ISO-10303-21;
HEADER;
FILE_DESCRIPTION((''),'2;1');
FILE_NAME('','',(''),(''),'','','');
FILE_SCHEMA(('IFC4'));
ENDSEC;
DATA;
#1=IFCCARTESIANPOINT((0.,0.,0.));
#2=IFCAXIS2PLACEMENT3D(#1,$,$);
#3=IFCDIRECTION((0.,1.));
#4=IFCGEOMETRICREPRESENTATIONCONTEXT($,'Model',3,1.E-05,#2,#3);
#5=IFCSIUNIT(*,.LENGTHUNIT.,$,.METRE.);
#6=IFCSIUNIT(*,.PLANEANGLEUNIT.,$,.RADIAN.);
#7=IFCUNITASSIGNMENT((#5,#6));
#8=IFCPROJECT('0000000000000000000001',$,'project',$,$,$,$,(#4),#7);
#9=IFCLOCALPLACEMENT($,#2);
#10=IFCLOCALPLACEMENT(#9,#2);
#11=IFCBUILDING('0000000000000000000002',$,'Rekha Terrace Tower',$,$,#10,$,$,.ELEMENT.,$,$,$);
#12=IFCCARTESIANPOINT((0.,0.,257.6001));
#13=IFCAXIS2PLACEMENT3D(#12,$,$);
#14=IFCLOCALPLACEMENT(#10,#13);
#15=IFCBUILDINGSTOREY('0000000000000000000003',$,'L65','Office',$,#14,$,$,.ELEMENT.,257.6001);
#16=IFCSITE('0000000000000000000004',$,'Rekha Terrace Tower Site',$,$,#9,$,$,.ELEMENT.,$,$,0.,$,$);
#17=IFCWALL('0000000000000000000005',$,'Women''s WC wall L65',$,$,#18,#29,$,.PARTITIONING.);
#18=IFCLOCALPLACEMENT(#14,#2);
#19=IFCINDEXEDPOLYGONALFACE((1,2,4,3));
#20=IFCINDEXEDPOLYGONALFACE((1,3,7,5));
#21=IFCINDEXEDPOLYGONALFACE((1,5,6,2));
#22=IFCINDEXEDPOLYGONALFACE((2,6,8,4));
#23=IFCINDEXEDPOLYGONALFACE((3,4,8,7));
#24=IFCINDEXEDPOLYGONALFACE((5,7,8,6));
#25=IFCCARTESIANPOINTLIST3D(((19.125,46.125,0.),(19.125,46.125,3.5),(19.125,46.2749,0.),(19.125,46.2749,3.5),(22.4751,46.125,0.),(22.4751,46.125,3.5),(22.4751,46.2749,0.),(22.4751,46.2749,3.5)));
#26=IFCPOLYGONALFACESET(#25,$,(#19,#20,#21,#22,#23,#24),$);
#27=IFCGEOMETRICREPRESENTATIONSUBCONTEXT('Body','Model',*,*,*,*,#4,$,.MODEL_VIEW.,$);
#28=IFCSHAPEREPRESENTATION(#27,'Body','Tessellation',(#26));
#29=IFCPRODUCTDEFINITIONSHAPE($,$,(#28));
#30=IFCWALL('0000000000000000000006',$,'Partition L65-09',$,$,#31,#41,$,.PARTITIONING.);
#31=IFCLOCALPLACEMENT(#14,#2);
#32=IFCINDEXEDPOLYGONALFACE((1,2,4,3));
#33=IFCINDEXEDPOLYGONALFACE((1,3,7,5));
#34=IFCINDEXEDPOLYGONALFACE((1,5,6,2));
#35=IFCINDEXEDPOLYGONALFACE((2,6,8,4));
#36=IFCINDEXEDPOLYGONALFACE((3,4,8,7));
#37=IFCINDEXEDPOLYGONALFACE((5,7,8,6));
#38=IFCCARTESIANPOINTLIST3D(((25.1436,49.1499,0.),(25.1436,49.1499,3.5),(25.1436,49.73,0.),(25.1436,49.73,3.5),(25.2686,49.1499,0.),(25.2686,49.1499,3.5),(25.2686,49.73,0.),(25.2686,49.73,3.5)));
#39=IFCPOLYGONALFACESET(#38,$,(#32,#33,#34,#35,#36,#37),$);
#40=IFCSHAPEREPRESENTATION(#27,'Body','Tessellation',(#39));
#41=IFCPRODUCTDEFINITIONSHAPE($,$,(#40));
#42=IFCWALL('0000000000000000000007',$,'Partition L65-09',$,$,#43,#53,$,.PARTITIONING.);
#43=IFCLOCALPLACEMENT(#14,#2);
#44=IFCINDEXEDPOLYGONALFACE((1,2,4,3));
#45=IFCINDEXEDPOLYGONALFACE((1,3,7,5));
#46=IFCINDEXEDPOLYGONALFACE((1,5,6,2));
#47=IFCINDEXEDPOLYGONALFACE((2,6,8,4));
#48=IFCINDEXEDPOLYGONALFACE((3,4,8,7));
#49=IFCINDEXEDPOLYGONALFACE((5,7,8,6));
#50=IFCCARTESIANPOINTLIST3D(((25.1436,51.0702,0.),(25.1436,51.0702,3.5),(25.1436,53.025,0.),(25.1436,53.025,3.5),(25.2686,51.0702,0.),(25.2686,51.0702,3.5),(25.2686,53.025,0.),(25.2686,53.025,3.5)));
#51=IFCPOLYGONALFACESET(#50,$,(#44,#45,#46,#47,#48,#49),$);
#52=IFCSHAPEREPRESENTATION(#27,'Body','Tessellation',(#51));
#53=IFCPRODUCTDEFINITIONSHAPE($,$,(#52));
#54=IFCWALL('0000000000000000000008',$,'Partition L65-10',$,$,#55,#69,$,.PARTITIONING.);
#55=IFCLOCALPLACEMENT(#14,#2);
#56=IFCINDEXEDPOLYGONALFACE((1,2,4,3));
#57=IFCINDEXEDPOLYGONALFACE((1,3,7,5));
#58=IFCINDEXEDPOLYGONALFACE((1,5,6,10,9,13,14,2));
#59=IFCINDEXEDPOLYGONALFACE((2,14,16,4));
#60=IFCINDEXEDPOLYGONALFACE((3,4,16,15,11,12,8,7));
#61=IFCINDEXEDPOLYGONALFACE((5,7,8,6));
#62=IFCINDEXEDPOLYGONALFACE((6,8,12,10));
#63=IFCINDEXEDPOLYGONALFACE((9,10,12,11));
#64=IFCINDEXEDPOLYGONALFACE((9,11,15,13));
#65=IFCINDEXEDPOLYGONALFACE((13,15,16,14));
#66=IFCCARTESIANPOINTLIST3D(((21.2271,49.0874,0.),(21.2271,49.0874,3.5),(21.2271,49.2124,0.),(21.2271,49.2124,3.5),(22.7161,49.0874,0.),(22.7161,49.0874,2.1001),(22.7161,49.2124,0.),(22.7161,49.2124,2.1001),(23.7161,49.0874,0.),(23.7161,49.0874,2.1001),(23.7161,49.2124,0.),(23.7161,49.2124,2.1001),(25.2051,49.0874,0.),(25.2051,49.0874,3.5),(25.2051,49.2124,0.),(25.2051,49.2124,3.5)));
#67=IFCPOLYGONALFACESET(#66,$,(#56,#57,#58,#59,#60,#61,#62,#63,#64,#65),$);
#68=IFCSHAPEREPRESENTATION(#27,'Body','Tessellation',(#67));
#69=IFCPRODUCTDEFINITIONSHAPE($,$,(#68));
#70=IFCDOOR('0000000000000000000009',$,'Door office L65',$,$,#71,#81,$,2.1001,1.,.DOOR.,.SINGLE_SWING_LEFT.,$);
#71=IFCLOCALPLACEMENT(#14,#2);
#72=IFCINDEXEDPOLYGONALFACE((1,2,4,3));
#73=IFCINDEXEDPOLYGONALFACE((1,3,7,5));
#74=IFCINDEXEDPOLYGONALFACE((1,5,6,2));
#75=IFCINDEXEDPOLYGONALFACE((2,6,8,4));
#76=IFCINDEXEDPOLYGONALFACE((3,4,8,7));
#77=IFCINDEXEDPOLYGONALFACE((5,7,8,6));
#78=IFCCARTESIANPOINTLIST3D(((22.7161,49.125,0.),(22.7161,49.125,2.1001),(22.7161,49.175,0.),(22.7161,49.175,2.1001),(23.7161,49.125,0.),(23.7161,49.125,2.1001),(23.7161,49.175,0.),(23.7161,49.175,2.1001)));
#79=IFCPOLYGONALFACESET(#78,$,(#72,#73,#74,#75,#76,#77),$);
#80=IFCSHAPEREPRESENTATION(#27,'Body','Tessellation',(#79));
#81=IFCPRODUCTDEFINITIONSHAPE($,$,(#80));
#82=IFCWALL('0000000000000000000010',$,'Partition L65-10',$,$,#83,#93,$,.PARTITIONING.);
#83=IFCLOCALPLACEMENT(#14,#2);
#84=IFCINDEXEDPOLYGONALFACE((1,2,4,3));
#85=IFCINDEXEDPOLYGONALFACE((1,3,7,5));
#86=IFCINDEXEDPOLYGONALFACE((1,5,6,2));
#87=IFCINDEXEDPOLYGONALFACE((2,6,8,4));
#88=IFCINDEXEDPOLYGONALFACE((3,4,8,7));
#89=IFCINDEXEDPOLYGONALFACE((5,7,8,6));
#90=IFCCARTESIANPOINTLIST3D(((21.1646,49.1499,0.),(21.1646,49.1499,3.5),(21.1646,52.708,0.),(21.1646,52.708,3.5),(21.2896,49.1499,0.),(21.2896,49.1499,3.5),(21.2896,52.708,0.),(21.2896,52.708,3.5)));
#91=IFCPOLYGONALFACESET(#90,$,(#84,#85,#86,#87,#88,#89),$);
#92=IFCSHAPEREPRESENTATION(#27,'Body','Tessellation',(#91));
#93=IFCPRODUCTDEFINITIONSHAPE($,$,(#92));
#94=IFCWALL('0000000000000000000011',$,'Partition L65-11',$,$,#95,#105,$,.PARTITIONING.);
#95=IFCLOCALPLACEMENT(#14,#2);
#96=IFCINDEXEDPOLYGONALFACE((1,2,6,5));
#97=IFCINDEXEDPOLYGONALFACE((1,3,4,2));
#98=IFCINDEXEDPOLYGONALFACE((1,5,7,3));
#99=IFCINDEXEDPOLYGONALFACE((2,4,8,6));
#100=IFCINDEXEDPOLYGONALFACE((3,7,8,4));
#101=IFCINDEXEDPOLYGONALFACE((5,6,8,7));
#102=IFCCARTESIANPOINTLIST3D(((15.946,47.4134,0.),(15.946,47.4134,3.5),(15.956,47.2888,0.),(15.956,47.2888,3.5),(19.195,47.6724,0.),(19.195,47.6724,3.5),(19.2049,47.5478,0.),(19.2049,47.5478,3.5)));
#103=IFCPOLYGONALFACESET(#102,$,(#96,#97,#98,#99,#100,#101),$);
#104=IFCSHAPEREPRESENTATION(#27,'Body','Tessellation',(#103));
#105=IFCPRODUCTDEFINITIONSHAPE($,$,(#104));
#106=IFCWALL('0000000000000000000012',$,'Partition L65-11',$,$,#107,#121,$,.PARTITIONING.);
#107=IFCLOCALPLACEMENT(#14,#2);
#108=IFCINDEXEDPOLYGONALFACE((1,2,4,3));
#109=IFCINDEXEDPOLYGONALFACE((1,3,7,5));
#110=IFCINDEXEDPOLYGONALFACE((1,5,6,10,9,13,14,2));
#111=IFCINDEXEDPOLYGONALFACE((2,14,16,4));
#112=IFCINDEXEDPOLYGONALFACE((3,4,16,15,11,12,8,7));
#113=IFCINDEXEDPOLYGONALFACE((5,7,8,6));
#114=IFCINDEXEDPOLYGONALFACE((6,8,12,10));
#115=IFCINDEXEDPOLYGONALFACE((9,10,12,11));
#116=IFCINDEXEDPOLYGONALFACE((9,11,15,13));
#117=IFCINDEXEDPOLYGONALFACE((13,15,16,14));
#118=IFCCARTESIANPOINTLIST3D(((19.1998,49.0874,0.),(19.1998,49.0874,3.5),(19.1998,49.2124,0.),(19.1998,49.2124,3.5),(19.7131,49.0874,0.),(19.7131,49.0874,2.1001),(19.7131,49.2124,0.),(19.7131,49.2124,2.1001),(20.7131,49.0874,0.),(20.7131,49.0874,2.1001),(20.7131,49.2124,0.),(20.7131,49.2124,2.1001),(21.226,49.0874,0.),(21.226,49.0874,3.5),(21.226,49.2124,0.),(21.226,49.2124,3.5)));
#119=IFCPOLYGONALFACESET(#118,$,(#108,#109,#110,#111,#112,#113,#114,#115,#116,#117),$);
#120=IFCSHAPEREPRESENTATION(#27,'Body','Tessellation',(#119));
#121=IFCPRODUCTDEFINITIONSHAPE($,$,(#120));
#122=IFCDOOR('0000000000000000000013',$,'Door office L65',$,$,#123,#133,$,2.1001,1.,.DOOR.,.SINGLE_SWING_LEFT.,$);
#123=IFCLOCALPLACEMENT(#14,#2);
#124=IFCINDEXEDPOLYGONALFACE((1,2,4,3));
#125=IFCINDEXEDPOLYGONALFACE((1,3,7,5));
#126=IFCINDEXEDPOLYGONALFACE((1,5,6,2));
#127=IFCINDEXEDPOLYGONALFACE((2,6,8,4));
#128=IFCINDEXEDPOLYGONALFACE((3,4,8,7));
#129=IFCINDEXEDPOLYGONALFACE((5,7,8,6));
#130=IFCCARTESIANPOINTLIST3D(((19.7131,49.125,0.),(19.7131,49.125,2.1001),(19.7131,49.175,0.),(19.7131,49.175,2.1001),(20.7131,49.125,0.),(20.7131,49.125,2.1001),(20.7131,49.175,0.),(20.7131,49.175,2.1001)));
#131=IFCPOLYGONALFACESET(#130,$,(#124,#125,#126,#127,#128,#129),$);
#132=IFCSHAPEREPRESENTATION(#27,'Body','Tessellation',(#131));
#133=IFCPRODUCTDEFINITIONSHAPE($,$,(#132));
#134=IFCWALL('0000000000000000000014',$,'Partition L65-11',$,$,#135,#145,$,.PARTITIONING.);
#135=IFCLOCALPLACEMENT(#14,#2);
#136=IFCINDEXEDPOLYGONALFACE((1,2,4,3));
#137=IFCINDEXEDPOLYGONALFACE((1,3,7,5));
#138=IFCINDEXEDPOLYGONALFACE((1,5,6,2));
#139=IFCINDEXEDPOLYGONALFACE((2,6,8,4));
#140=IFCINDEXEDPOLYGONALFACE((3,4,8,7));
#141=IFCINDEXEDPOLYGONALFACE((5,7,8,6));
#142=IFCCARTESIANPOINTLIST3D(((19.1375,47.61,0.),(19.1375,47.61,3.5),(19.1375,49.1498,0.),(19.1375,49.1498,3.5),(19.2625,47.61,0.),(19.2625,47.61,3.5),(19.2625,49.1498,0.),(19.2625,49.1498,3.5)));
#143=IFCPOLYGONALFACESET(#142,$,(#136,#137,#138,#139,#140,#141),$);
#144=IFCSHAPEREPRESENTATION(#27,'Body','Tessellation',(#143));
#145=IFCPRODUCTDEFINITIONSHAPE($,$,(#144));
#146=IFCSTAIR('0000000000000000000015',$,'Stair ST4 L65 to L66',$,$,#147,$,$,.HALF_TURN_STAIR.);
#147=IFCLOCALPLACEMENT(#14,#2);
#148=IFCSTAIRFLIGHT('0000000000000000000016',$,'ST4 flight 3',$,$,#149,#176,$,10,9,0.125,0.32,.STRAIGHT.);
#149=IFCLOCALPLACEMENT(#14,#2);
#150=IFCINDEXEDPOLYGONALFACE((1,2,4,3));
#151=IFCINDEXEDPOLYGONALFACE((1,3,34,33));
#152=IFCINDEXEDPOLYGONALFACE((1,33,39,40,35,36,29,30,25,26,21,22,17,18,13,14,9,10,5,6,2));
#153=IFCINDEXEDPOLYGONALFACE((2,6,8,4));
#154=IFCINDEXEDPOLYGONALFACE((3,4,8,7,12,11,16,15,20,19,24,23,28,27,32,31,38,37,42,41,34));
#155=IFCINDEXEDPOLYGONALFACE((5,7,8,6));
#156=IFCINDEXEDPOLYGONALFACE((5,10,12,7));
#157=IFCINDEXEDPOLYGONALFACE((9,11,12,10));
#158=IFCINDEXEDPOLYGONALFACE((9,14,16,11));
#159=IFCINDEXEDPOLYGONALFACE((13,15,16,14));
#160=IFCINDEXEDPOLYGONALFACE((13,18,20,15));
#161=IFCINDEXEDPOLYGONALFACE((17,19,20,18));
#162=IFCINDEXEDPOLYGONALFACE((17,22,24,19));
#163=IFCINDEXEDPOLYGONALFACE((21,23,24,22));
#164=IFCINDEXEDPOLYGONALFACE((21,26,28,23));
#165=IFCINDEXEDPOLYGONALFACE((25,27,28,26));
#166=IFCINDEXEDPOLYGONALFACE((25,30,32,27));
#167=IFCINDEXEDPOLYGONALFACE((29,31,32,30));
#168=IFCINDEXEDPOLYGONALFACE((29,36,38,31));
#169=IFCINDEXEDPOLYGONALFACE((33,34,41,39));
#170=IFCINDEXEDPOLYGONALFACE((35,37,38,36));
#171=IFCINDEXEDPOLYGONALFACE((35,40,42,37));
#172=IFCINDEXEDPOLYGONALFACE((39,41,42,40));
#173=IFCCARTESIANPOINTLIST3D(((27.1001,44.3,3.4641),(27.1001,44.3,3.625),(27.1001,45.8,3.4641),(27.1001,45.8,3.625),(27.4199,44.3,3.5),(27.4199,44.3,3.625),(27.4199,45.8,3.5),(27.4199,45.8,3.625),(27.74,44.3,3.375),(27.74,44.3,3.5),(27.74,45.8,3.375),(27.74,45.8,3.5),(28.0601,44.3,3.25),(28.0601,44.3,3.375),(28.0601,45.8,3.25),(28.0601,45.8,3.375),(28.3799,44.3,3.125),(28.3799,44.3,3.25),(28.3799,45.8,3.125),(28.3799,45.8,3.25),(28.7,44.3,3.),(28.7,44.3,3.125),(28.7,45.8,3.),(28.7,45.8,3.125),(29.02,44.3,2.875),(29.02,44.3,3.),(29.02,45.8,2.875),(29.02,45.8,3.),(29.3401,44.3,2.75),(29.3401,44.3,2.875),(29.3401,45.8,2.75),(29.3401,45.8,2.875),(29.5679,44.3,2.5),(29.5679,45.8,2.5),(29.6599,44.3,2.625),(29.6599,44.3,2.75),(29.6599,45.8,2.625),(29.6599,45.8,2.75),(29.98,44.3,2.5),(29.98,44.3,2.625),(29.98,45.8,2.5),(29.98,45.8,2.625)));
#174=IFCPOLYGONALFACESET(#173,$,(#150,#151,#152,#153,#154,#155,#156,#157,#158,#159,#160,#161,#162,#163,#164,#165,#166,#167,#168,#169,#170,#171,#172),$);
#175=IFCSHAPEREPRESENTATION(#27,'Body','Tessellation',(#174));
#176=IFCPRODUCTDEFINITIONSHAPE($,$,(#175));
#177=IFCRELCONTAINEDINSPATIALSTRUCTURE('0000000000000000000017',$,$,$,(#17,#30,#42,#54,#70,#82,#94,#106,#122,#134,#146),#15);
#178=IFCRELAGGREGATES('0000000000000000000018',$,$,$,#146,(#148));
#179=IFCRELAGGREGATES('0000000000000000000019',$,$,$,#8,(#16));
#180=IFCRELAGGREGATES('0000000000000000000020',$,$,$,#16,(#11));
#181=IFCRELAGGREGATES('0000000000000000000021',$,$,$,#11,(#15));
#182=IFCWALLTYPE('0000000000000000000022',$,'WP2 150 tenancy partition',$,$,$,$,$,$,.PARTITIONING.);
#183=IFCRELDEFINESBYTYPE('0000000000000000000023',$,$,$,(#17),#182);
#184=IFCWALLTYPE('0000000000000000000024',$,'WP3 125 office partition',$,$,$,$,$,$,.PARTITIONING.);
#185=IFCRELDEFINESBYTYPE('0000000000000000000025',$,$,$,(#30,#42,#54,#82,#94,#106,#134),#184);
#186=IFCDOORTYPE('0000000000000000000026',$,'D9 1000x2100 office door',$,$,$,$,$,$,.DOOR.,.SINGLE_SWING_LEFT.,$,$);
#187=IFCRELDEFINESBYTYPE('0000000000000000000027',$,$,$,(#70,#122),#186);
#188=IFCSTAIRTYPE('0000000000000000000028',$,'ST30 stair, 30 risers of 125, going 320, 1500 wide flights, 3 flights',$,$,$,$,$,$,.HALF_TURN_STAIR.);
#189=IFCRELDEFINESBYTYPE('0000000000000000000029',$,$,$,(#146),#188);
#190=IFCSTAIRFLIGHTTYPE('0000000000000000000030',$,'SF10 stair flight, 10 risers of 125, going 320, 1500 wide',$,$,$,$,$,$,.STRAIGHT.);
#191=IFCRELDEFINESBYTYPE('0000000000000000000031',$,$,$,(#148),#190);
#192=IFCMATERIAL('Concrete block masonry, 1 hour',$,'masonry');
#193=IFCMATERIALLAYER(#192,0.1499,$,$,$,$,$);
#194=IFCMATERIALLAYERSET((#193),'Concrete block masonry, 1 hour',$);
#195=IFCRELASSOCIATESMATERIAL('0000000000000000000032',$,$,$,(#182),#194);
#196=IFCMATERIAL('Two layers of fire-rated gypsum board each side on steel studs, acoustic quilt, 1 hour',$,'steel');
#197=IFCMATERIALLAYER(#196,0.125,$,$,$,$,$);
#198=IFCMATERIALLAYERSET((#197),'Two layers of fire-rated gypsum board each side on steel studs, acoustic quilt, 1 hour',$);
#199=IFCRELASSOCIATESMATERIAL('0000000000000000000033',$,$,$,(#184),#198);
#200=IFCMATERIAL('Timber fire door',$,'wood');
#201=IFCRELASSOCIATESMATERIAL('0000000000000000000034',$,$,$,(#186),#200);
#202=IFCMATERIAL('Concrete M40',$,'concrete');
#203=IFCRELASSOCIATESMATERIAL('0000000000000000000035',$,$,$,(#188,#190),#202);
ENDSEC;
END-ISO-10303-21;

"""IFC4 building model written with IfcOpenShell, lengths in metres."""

from ifc_helpers import new_model, si_unit, direction, frame, frame_2d, origin, place, context, subcontext, project, spatial, polyline, rectangle, outline, extrude, material, layer, layer_set, type_object, element, fill, aggregate, save


model = new_model("IFC4")

# Units and contexts
model_context = context("Model", 3, precision=1e-05, world=origin(), true_north=direction((0.0, 1.0)))
body_context = subcontext(model_context, "Body", "Model", "MODEL_VIEW")
ifc_project = project(units=[si_unit("LENGTHUNIT", "METRE"), si_unit("PLANEANGLEUNIT", "RADIAN")], contexts=[model_context])

# Site, building, storey
site_placement = place(None, origin())
site = spatial("IfcSite", under=ifc_project, at=site_placement, Name="Rekha Terrace Tower Site", CompositionType="ELEMENT", RefElevation=0.0)
building_placement = place(site_placement, origin())
building = spatial("IfcBuilding", under=site, at=building_placement, Name="Rekha Terrace Tower", CompositionType="ELEMENT")
storey_placement = place(building_placement, frame((0.0, 0.0, 257.6001)))
storey = spatial("IfcBuildingStorey", under=building, at=storey_placement, Name="L65", Description="Office", CompositionType="ELEMENT", Elevation=257.6001)

# Walls
ifc_material_1 = material(Name="Concrete block masonry, 1 hour", Category="masonry")
ifc_layer_1 = layer(ifc_material_1, 0.1499)
ifc_layer_set_1 = layer_set([ifc_layer_1], Name="Concrete block masonry, 1 hour")
wall_type_1 = type_object("IfcWallType", Name="WP2 150 tenancy partition", PredefinedType="PARTITIONING", material=ifc_layer_set_1)
wall_1_placement = place(storey_placement, frame((19.125, 46.2, 0.0), z_axis=(0.0, 0.0, 1.0), x_axis=(1.0, 0.0, 0.0)))
element("IfcWall", 1, at=wall_1_placement, inside=storey, type_object=wall_type_1, Name="Women's WC wall L65", PredefinedType="PARTITIONING", context=body_context, shape_type="SweptSolid", body=[
    extrude(rectangle(XDim=3.3501, YDim=0.1499, at=frame_2d((1.675, 0.0))), origin(), (0.0, 0.0, 1.0), 3.5),
])
ifc_material_2 = material(Name="Two layers of fire-rated gypsum board each side on steel studs, acoustic quilt, 1 hour", Category="steel")
ifc_layer_2 = layer(ifc_material_2, 0.125)
ifc_layer_set_2 = layer_set([ifc_layer_2], Name="Two layers of fire-rated gypsum board each side on steel studs, acoustic quilt, 1 hour")
wall_type_2 = type_object("IfcWallType", Name="WP3 125 office partition", PredefinedType="PARTITIONING", material=ifc_layer_set_2)
wall_2_placement = place(storey_placement, frame((25.2061, 49.1499, 0.0), z_axis=(0.0, 0.0, 1.0), x_axis=(0.0, 1.0, 0.0)))
element("IfcWall", 2, at=wall_2_placement, inside=storey, type_object=wall_type_2, Name="Partition L65-09", PredefinedType="PARTITIONING", context=body_context, shape_type="SweptSolid", body=[
    extrude(rectangle(XDim=0.5801, YDim=0.125, at=frame_2d((0.29, 0.0))), origin(), (0.0, 0.0, 1.0), 3.5),
])
wall_3_placement = place(storey_placement, frame((25.2061, 51.0701, 0.0), z_axis=(0.0, 0.0, 1.0), x_axis=(0.0, 1.0, 0.0)))
element("IfcWall", 3, at=wall_3_placement, inside=storey, type_object=wall_type_2, Name="Partition L65-09", PredefinedType="PARTITIONING", context=body_context, shape_type="SweptSolid", body=[
    extrude(rectangle(XDim=1.9548, YDim=0.125, at=frame_2d((0.9775, 0.0))), origin(), (0.0, 0.0, 1.0), 3.5),
])

# Wall, opening, door
wall_4_placement = place(storey_placement, frame((25.2051, 49.1499, 0.0), z_axis=(0.0, 0.0, 1.0), x_axis=(-1.0, 0.0, 0.0)))
wall_4 = element("IfcWall", 4, at=wall_4_placement, inside=storey, type_object=wall_type_2, Name="Partition L65-10", PredefinedType="PARTITIONING", context=body_context, shape_type="SweptSolid", body=[
    extrude(rectangle(XDim=3.978, YDim=0.125, at=frame_2d((1.989, 0.0))), origin(), (0.0, 0.0, 1.0), 3.5),
])
opening_1_placement = place(wall_4_placement, frame((1.489, 0.0, 0.0)))
opening_1 = element("IfcOpeningElement", 5, at=opening_1_placement, cuts=wall_4, PredefinedType="OPENING", context=body_context, shape_type="SweptSolid", body=[
    extrude(rectangle(XDim=1.0, YDim=2.1001, at=frame_2d((0.5, 1.05))), frame((0.0, 0.0725, 0.0), z_axis=(0.0, -1.0, 0.0), x_axis=(1.0, 0.0, 0.0)), (0.0, 0.0, 1.0), 0.145),
])
ifc_material_3 = material(Name="Timber fire door", Category="wood")
door_type = type_object("IfcDoorType", Name="D9 1000x2100 office door", OperationType="SINGLE_SWING_LEFT", PredefinedType="DOOR", material=ifc_material_3)
door_1_placement = place(opening_1_placement, origin())
door_1 = element("IfcDoor", 6, at=door_1_placement, inside=storey, type_object=door_type, Name="Door office L65", OperationType="SINGLE_SWING_LEFT", OverallHeight=2.1001, OverallWidth=1.0, PredefinedType="DOOR", context=body_context, shape_type="SweptSolid", body=[
    extrude(rectangle(XDim=1.0, YDim=2.1001, at=frame_2d((0.5, 1.05))), frame((0.0, 0.0249, 0.0), z_axis=(0.0, -1.0, 0.0), x_axis=(1.0, 0.0, 0.0)), (0.0, 0.0, 1.0), 0.05),
])
fill(opening_1, door_1)

# Walls
wall_5_placement = place(storey_placement, frame((21.2271, 49.1499, 0.0), z_axis=(0.0, 0.0, 1.0), x_axis=(0.0, 1.0, 0.0)))
element("IfcWall", 7, at=wall_5_placement, inside=storey, type_object=wall_type_2, Name="Partition L65-10", PredefinedType="PARTITIONING", context=body_context, shape_type="SweptSolid", body=[
    extrude(rectangle(XDim=3.5581, YDim=0.125, at=frame_2d((1.7791, 0.0))), origin(), (0.0, 0.0, 1.0), 3.5),
])
wall_6_placement = place(storey_placement, frame((19.2, 47.6101, 0.0), z_axis=(0.0, 0.0, 1.0), x_axis=(-0.996837, -0.079474, 0.0)))
element("IfcWall", 8, at=wall_6_placement, inside=storey, type_object=wall_type_2, Name="Partition L65-11", PredefinedType="PARTITIONING", context=body_context, shape_type="SweptSolid", body=[
    extrude(rectangle(XDim=3.2593, YDim=0.125, at=frame_2d((1.6296, 0.0))), origin(), (0.0, 0.0, 1.0), 3.5),
])

# Wall, opening, door
wall_7_placement = place(storey_placement, frame((21.2261, 49.1499, 0.0), z_axis=(0.0, 0.0, 1.0), x_axis=(-1.0, 0.0, 0.0)))
wall_7 = element("IfcWall", 9, at=wall_7_placement, inside=storey, type_object=wall_type_2, Name="Partition L65-11", PredefinedType="PARTITIONING", context=body_context, shape_type="SweptSolid", body=[
    extrude(rectangle(XDim=2.0261, YDim=0.125, at=frame_2d((1.0132, 0.0))), origin(), (0.0, 0.0, 1.0), 3.5),
])
opening_2_placement = place(wall_7_placement, frame((0.5129, 0.0, 0.0)))
opening_2 = element("IfcOpeningElement", 10, at=opening_2_placement, cuts=wall_7, PredefinedType="OPENING", context=body_context, shape_type="SweptSolid", body=[
    extrude(rectangle(XDim=1.0, YDim=2.1001, at=frame_2d((0.5, 1.05))), frame((0.0, 0.0725, 0.0), z_axis=(0.0, -1.0, 0.0), x_axis=(1.0, 0.0, 0.0)), (0.0, 0.0, 1.0), 0.145),
])
door_2_placement = place(opening_2_placement, origin())
door_2 = element("IfcDoor", 11, at=door_2_placement, inside=storey, type_object=door_type, Name="Door office L65", OperationType="SINGLE_SWING_LEFT", OverallHeight=2.1001, OverallWidth=1.0, PredefinedType="DOOR", context=body_context, shape_type="SweptSolid", body=[
    extrude(rectangle(XDim=1.0, YDim=2.1001, at=frame_2d((0.5, 1.05))), frame((0.0, 0.0249, 0.0), z_axis=(0.0, -1.0, 0.0), x_axis=(1.0, 0.0, 0.0)), (0.0, 0.0, 1.0), 0.05),
])
fill(opening_2, door_2)

# Wall
wall_8_placement = place(storey_placement, frame((19.2, 49.1499, 0.0), z_axis=(0.0, 0.0, 1.0), x_axis=(0.0, -1.0, 0.0)))
element("IfcWall", 12, at=wall_8_placement, inside=storey, type_object=wall_type_2, Name="Partition L65-11", PredefinedType="PARTITIONING", context=body_context, shape_type="SweptSolid", body=[
    extrude(rectangle(XDim=1.5398, YDim=0.125, at=frame_2d((0.77, 0.0))), origin(), (0.0, 0.0, 1.0), 3.5),
])

# Stair, stair flight
ifc_material_4 = material(Name="Concrete M40", Category="concrete")
stair_type = type_object("IfcStairType", Name="ST30 stair, 30 risers of 125, going 320, 1500 wide flights, 3 flights", PredefinedType="HALF_TURN_STAIR", material=ifc_material_4)
stair_placement = place(storey_placement, origin())
stair = element("IfcStair", 13, at=stair_placement, inside=storey, type_object=stair_type, Name="Stair ST4 L65 to L66", PredefinedType="HALF_TURN_STAIR")
stair_flight_type = type_object("IfcStairFlightType", Name="SF10 stair flight, 10 risers of 125, going 320, 1500 wide", PredefinedType="STRAIGHT", material=ifc_material_4)
stair_flight_placement = place(storey_placement, frame((29.98, 45.05, 2.5), z_axis=(0.0, 0.0, 1.0), x_axis=(-1.0, 0.0, 0.0)))
stair_flight = element("IfcStairFlight", 14, at=stair_flight_placement, type_object=stair_flight_type, Name="ST4 flight 3", NumberOfRisers=10, NumberOfTreads=9, PredefinedType="STRAIGHT", RiserHeight=0.125, TreadLength=0.32, context=body_context, shape_type="SweptSolid", body=[
    extrude(outline(polyline([(0.0, 0.0), (0.0, 0.125), (0.3201, 0.125), (0.3201, 0.25), (0.6399, 0.25), (0.6399, 0.375), (0.96, 0.375), (0.96, 0.5), (1.28, 0.5), (1.28, 0.625), (1.6001, 0.625), (1.6001, 0.75), (1.9199, 0.75), (1.9199, 0.875), (2.24, 0.875), (2.24, 1.0), (2.5601, 1.0), (2.5601, 1.125), (2.8799, 1.125), (2.8799, 1.25), (2.8799, 0.9641), (0.4121, 0.0), (0.0, 0.0)])), frame((0.0, 0.75, 0.0), z_axis=(0.0, -1.0, 0.0), x_axis=(1.0, 0.0, 0.0)), (0.0, 0.0, 1.0), 1.5),
])
aggregate(stair, [stair_flight])

save(model, "model.ifc")
